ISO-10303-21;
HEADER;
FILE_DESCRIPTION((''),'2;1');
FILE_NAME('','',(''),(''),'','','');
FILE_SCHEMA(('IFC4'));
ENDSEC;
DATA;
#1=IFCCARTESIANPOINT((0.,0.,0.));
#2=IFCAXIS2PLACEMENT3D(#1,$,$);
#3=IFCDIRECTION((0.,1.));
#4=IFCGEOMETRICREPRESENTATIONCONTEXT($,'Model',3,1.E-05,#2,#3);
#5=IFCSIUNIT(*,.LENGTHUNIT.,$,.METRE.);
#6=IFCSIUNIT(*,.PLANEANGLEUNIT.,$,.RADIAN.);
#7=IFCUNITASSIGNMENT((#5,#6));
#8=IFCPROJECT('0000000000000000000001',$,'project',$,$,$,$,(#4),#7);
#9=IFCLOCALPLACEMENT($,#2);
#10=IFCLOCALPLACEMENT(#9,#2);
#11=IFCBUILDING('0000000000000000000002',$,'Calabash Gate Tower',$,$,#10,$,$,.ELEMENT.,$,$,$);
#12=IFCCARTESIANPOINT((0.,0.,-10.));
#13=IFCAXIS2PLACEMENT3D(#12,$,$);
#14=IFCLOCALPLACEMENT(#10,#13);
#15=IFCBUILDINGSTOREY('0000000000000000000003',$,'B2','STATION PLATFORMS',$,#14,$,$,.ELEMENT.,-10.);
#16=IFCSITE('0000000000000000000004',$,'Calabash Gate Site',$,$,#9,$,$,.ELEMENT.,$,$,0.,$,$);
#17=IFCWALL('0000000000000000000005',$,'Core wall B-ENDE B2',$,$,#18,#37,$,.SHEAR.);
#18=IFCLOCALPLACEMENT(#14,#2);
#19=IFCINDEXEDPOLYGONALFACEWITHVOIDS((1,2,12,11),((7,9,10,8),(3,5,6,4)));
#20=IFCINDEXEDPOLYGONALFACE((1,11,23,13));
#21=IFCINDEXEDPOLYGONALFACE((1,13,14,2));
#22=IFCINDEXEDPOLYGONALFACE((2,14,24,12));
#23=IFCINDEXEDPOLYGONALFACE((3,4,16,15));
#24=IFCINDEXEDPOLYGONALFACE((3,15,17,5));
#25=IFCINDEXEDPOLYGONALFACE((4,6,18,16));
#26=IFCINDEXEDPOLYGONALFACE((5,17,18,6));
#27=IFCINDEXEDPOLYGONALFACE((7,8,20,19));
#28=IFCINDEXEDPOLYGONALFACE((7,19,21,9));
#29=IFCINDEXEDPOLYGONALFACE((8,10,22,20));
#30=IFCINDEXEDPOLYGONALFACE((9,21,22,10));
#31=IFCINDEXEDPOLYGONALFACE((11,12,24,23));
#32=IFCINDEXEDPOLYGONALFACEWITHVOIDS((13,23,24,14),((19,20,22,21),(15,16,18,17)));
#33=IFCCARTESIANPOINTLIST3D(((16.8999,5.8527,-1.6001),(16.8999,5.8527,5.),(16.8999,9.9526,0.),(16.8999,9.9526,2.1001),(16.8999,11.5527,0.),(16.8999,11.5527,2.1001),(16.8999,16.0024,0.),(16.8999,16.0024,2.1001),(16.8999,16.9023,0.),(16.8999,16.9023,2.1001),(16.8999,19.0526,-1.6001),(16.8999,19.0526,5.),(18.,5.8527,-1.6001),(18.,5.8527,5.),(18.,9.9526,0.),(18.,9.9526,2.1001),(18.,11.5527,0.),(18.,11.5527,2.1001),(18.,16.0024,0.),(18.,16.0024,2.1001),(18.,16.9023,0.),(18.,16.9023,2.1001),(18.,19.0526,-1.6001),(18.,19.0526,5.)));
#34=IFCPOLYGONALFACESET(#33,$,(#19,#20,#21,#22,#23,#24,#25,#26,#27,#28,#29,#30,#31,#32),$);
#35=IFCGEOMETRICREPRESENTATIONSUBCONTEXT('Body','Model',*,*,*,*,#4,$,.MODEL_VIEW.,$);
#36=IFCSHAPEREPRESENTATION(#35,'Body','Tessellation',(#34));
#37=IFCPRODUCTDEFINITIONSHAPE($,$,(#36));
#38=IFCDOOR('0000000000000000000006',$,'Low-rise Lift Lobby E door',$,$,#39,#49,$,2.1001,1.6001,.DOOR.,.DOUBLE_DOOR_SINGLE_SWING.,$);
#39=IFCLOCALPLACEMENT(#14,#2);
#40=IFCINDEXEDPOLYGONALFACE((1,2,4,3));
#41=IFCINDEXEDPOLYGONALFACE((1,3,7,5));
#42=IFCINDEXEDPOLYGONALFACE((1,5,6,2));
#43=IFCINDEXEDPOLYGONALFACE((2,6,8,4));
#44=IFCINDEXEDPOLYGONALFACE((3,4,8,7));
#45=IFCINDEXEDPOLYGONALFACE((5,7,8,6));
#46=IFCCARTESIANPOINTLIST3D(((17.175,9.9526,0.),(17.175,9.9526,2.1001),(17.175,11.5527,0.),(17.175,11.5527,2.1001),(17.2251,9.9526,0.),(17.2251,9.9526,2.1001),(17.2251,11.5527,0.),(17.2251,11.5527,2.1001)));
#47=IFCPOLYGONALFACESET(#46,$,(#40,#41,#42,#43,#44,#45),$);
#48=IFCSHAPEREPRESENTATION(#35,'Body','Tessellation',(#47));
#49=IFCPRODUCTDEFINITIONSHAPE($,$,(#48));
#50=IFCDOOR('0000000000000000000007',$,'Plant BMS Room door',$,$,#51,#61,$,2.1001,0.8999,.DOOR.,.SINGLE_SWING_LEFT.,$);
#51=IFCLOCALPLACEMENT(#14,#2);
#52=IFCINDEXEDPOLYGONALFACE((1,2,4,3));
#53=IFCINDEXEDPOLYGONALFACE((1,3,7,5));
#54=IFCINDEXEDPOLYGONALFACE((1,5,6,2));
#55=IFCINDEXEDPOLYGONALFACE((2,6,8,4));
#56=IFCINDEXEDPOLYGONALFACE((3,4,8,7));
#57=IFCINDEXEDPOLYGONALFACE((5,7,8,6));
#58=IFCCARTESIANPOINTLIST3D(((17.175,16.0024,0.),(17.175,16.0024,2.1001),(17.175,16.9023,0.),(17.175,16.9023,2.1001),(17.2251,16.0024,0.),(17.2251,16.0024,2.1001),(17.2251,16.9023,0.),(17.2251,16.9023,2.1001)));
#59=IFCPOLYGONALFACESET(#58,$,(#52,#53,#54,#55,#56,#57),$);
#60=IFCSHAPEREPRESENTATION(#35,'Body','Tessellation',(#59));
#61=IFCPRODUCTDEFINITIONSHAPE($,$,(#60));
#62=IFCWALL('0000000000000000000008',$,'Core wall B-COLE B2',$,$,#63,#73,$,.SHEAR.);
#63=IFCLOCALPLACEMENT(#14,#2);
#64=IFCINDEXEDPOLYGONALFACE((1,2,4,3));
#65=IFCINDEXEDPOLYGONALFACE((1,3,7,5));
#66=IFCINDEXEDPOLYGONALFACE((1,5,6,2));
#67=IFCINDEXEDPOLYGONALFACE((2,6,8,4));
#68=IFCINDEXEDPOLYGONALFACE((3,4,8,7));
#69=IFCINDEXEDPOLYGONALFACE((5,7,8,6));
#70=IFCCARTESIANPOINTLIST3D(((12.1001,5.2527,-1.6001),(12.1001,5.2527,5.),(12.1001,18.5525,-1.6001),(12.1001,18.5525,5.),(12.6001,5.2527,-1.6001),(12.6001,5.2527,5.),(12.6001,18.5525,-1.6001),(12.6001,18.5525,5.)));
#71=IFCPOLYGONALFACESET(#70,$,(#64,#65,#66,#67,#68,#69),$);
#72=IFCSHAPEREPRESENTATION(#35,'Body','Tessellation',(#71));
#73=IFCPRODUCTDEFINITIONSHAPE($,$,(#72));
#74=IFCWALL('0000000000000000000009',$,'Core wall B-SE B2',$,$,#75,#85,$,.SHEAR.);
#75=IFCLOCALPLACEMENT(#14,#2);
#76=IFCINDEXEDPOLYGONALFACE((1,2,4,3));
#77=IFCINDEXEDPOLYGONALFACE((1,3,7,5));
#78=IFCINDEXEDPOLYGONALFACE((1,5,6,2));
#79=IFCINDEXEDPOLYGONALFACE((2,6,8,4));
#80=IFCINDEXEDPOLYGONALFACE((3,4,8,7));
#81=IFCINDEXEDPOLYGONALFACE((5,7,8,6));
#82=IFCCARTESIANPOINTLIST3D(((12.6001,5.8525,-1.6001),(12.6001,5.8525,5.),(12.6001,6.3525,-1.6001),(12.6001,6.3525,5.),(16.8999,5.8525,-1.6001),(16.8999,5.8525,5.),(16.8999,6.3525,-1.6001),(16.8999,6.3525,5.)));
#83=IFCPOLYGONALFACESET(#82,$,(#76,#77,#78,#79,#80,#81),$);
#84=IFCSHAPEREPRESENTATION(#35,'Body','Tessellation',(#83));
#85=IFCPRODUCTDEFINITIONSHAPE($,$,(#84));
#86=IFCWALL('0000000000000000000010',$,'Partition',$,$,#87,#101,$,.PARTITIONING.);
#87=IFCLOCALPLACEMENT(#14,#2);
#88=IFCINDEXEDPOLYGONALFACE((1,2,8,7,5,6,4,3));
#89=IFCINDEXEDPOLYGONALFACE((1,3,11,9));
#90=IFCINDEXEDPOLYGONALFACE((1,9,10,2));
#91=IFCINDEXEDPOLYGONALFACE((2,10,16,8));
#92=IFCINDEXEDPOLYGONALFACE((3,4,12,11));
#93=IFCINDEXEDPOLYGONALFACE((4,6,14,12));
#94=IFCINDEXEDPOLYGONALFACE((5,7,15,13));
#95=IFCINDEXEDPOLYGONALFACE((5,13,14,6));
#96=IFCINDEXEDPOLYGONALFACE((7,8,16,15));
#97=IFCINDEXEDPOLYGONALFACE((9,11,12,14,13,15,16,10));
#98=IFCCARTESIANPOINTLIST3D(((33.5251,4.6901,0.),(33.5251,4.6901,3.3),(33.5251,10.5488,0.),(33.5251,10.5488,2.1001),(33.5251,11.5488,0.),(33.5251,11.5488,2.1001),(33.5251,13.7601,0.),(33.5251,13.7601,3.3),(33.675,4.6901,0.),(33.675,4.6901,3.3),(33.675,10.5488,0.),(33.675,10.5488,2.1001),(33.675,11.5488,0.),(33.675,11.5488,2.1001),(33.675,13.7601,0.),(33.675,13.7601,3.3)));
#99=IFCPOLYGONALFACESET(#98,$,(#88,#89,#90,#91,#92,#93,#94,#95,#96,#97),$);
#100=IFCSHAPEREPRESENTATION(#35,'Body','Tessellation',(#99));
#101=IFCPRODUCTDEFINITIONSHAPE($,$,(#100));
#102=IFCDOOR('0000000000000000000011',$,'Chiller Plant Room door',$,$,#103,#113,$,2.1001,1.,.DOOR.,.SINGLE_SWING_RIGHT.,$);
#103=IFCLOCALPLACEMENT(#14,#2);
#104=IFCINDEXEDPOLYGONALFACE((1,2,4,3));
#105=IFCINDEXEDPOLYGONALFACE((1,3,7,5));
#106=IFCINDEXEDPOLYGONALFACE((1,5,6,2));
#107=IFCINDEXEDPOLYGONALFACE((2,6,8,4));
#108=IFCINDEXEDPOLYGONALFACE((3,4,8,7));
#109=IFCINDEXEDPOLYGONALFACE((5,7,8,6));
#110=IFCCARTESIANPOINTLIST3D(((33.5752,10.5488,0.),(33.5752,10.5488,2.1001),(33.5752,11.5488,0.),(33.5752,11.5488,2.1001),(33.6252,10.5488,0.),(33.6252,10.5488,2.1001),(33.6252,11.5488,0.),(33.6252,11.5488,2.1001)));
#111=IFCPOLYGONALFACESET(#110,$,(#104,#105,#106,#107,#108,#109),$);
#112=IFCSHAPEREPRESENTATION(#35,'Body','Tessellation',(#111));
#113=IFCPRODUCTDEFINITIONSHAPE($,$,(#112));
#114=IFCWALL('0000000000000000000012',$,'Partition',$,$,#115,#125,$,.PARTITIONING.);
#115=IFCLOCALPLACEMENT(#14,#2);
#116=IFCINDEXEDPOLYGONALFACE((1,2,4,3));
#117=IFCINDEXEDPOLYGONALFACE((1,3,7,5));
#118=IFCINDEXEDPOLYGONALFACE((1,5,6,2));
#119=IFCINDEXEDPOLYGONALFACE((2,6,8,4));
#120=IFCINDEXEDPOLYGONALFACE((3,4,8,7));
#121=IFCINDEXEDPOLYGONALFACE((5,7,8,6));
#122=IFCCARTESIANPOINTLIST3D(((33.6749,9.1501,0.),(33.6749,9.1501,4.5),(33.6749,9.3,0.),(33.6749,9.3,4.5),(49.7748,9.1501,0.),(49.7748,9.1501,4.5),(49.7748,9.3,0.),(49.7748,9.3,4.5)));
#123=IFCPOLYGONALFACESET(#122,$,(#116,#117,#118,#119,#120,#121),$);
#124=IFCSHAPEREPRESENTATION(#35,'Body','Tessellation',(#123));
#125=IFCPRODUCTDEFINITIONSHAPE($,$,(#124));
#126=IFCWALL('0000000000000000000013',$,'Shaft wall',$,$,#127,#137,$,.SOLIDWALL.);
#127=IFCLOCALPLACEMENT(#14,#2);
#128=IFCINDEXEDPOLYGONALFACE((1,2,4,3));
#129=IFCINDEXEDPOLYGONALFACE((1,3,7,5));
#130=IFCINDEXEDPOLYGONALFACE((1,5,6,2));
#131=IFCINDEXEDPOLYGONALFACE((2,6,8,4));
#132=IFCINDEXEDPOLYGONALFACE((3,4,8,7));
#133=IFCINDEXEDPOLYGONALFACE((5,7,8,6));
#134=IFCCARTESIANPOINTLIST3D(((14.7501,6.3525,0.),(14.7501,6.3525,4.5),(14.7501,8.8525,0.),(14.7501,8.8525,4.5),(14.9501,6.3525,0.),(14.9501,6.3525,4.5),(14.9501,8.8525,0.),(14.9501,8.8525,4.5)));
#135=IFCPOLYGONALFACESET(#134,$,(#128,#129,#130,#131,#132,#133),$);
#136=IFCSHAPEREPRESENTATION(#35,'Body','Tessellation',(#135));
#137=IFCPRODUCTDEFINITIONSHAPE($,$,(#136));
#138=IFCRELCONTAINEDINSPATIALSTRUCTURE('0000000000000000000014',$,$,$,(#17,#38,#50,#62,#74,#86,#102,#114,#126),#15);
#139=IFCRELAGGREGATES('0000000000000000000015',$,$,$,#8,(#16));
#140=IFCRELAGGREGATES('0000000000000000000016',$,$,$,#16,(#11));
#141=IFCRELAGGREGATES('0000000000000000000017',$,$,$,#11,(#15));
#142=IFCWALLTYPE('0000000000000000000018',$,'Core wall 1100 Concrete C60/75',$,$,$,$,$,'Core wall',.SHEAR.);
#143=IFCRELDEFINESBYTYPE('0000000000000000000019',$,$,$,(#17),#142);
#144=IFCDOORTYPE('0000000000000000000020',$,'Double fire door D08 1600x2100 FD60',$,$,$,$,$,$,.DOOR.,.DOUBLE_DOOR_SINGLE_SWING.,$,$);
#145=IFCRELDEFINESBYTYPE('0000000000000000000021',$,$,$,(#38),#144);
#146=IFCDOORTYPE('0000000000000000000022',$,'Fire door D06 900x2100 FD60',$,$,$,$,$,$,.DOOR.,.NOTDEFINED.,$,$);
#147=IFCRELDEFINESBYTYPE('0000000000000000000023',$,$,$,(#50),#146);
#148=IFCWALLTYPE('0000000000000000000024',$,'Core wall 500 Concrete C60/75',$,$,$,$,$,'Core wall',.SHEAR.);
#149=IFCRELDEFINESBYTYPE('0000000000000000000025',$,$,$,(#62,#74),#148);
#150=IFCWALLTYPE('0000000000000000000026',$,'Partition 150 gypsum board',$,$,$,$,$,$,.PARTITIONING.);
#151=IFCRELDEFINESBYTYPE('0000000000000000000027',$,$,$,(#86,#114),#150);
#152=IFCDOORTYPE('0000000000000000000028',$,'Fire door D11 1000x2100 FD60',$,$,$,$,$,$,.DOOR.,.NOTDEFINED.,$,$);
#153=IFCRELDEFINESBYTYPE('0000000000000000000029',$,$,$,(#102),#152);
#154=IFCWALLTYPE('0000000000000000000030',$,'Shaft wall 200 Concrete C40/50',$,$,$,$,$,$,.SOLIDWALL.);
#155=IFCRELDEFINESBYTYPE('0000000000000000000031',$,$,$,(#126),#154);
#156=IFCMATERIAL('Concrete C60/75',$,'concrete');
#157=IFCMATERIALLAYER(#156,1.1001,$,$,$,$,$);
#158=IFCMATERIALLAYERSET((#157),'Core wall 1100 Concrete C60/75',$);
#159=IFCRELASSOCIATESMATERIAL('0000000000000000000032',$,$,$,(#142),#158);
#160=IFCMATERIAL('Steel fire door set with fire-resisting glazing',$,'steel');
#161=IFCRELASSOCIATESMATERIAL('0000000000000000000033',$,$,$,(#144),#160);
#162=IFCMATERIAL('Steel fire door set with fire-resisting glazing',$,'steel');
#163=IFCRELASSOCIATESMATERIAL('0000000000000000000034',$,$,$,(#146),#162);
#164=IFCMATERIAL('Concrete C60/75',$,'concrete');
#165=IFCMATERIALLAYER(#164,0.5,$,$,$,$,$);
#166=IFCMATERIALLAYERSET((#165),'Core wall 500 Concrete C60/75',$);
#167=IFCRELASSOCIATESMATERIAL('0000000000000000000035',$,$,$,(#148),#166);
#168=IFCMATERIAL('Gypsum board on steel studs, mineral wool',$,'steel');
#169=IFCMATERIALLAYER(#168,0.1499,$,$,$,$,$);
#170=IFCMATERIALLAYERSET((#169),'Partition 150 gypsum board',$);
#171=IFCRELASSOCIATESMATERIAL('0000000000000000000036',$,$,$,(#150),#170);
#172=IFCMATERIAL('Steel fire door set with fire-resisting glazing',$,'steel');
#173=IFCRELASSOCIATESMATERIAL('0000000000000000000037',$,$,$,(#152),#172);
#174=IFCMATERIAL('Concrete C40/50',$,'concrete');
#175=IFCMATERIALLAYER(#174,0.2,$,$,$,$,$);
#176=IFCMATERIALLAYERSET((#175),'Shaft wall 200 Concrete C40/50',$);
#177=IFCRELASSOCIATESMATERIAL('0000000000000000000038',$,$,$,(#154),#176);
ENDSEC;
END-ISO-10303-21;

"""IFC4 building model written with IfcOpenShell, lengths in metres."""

from ifc_helpers import new_model, si_unit, direction, frame, frame_2d, origin, place, context, subcontext, project, spatial, rectangle, extrude, material, layer, layer_set, type_object, element, fill, save


model = new_model("IFC4")

# Units and contexts
model_context = context("Model", 3, precision=1e-05, world=origin(), true_north=direction((0.0, 1.0)))
body_context = subcontext(model_context, "Body", "Model", "MODEL_VIEW")
ifc_project = project(units=[si_unit("LENGTHUNIT", "METRE"), si_unit("PLANEANGLEUNIT", "RADIAN")], contexts=[model_context])

# Site, building, storey
site_placement = place(None, origin())
site = spatial("IfcSite", under=ifc_project, at=site_placement, Name="Calabash Gate Site", CompositionType="ELEMENT", RefElevation=0.0)
building_placement = place(site_placement, origin())
building = spatial("IfcBuilding", under=site, at=building_placement, Name="Calabash Gate Tower", CompositionType="ELEMENT")
storey_placement = place(building_placement, frame((0.0, 0.0, -10.0)))
storey = spatial("IfcBuildingStorey", under=building, at=storey_placement, Name="B2", Description="STATION PLATFORMS", CompositionType="ELEMENT", Elevation=-10.0)

# Wall, openings, doors
ifc_material_1 = material(Name="Concrete C60/75", Category="concrete")
ifc_layer_1 = layer(ifc_material_1, 1.1001)
ifc_layer_set_1 = layer_set([ifc_layer_1], Name="Core wall 1100 Concrete C60/75")
wall_type_1 = type_object("IfcWallType", Name="Core wall 1100 Concrete C60/75", ElementType="Core wall", PredefinedType="SHEAR", material=ifc_layer_set_1)
wall_1_placement = place(storey_placement, frame((17.45, 5.8525, -1.6001), z_axis=(0.0, 0.0, 1.0), x_axis=(0.0, 1.0, 0.0)))
wall_1 = element("IfcWall", 1, at=wall_1_placement, inside=storey, type_object=wall_type_1, Name="Core wall B-ENDE B2", PredefinedType="SHEAR", context=body_context, shape_type="SweptSolid", body=[
    extrude(rectangle(XDim=13.2, YDim=1.1001, at=frame_2d((6.6001, 0.0))), origin(), (0.0, 0.0, 1.0), 6.6001),
])
opening_1_placement = place(wall_1_placement, frame((4.1001, 0.0, 1.6001)))
opening_1 = element("IfcOpeningElement", 2, at=opening_1_placement, cuts=wall_1, PredefinedType="OPENING", context=body_context, shape_type="SweptSolid", body=[
    extrude(rectangle(XDim=1.6001, YDim=2.1001, at=frame_2d((0.8, 1.05))), frame((0.0, 0.5601, 0.0), z_axis=(0.0, -1.0, 0.0), x_axis=(1.0, 0.0, 0.0)), (0.0, 0.0, 1.0), 1.1201),
])
opening_2_placement = place(wall_1_placement, frame((10.1499, 0.0, 1.6001)))
opening_2 = element("IfcOpeningElement", 3, at=opening_2_placement, cuts=wall_1, PredefinedType="OPENING", context=body_context, shape_type="SweptSolid", body=[
    extrude(rectangle(XDim=0.8999, YDim=2.1001, at=frame_2d((0.45, 1.05))), frame((0.0, 0.5601, 0.0), z_axis=(0.0, -1.0, 0.0), x_axis=(1.0, 0.0, 0.0)), (0.0, 0.0, 1.0), 1.1201),
])
ifc_material_2 = material(Name="Steel fire door set with fire-resisting glazing", Category="steel")
door_type_1 = type_object("IfcDoorType", Name="Double fire door D08 1600x2100 FD60", OperationType="DOUBLE_DOOR_SINGLE_SWING", PredefinedType="DOOR", material=ifc_material_2)
door_1_placement = place(opening_1_placement, origin())
door_1 = element("IfcDoor", 4, at=door_1_placement, inside=storey, type_object=door_type_1, Name="Low-rise Lift Lobby E door", OperationType="DOUBLE_DOOR_SINGLE_SWING", OverallHeight=2.1001, OverallWidth=1.6001, PredefinedType="DOOR", context=body_context, shape_type="SweptSolid", body=[
    extrude(rectangle(XDim=1.6001, YDim=2.1001, at=frame_2d((0.8, 1.05))), frame((0.0, 0.2749, 0.0), z_axis=(0.0, -1.0, 0.0), x_axis=(1.0, 0.0, 0.0)), (0.0, 0.0, 1.0), 0.05),
])
fill(opening_1, door_1)
ifc_material_3 = material(Name="Steel fire door set with fire-resisting glazing", Category="steel")
door_type_2 = type_object("IfcDoorType", Name="Fire door D06 900x2100 FD60", OperationType="NOTDEFINED", PredefinedType="DOOR", material=ifc_material_3)
door_2_placement = place(opening_2_placement, origin())
door_2 = element("IfcDoor", 5, at=door_2_placement, inside=storey, type_object=door_type_2, Name="Plant BMS Room door", OperationType="SINGLE_SWING_LEFT", OverallHeight=2.1001, OverallWidth=0.8999, PredefinedType="DOOR", context=body_context, shape_type="SweptSolid", body=[
    extrude(rectangle(XDim=0.8999, YDim=2.1001, at=frame_2d((0.45, 1.05))), frame((0.0, 0.2749, 0.0), z_axis=(0.0, -1.0, 0.0), x_axis=(1.0, 0.0, 0.0)), (0.0, 0.0, 1.0), 0.05),
])
fill(opening_2, door_2)

# Walls
ifc_material_4 = material(Name="Concrete C60/75", Category="concrete")
ifc_layer_2 = layer(ifc_material_4, 0.5)
ifc_layer_set_2 = layer_set([ifc_layer_2], Name="Core wall 500 Concrete C60/75")
wall_type_2 = type_object("IfcWallType", Name="Core wall 500 Concrete C60/75", ElementType="Core wall", PredefinedType="SHEAR", material=ifc_layer_set_2)
wall_2_placement = place(storey_placement, frame((12.3501, 5.2527, -1.6001), z_axis=(0.0, 0.0, 1.0), x_axis=(0.0, 1.0, 0.0)))
element("IfcWall", 6, at=wall_2_placement, inside=storey, type_object=wall_type_2, Name="Core wall B-COLE B2", PredefinedType="SHEAR", context=body_context, shape_type="SweptSolid", body=[
    extrude(rectangle(XDim=13.2998, YDim=0.5, at=frame_2d((6.6499, 0.0))), origin(), (0.0, 0.0, 1.0), 6.6001),
])
wall_3_placement = place(storey_placement, frame((12.6001, 6.1025, -1.6001), z_axis=(0.0, 0.0, 1.0), x_axis=(1.0, 0.0, 0.0)))
element("IfcWall", 7, at=wall_3_placement, inside=storey, type_object=wall_type_2, Name="Core wall B-SE B2", PredefinedType="SHEAR", context=body_context, shape_type="SweptSolid", body=[
    extrude(rectangle(XDim=4.2998, YDim=0.5, at=frame_2d((2.1499, 0.0))), origin(), (0.0, 0.0, 1.0), 6.6001),
])

# Wall, opening, door
ifc_material_5 = material(Name="Gypsum board on steel studs, mineral wool", Category="steel")
ifc_layer_3 = layer(ifc_material_5, 0.1499)
ifc_layer_set_3 = layer_set([ifc_layer_3], Name="Partition 150 gypsum board")
wall_type_3 = type_object("IfcWallType", Name="Partition 150 gypsum board", PredefinedType="PARTITIONING", material=ifc_layer_set_3)
wall_4_placement = place(storey_placement, frame((33.6001, 4.6899, 0.0), z_axis=(0.0, 0.0, 1.0), x_axis=(0.0, 1.0, 0.0)))
wall_4 = element("IfcWall", 8, at=wall_4_placement, inside=storey, type_object=wall_type_3, Name="Partition", PredefinedType="PARTITIONING", context=body_context, shape_type="SweptSolid", body=[
    extrude(rectangle(XDim=9.0701, YDim=0.1499, at=frame_2d((4.5352, 0.0))), origin(), (0.0, 0.0, 1.0), 3.3),
])
opening_3_placement = place(wall_4_placement, frame((5.8589, 0.0, 0.0)))
opening_3 = element("IfcOpeningElement", 9, at=opening_3_placement, cuts=wall_4, PredefinedType="OPENING", context=body_context, shape_type="SweptSolid", body=[
    extrude(rectangle(XDim=1.0, YDim=2.1001, at=frame_2d((0.5, 1.05))), frame((0.0, 0.085, 0.0), z_axis=(0.0, -1.0, 0.0), x_axis=(1.0, 0.0, 0.0)), (0.0, 0.0, 1.0), 0.1699),
])
ifc_material_6 = material(Name="Steel fire door set with fire-resisting glazing", Category="steel")
door_type_3 = type_object("IfcDoorType", Name="Fire door D11 1000x2100 FD60", OperationType="NOTDEFINED", PredefinedType="DOOR", material=ifc_material_6)
door_3_placement = place(opening_3_placement, origin())
door_3 = element("IfcDoor", 10, at=door_3_placement, inside=storey, type_object=door_type_3, Name="Chiller Plant Room door", OperationType="SINGLE_SWING_RIGHT", OverallHeight=2.1001, OverallWidth=1.0, PredefinedType="DOOR", context=body_context, shape_type="SweptSolid", body=[
    extrude(rectangle(XDim=1.0, YDim=2.1001, at=frame_2d((0.5, 1.05))), frame((0.0, 0.0249, 0.0), z_axis=(0.0, -1.0, 0.0), x_axis=(1.0, 0.0, 0.0)), (0.0, 0.0, 1.0), 0.05),
])
fill(opening_3, door_3)

# Walls
wall_5_placement = place(storey_placement, frame((33.675, 9.2251, 0.0), z_axis=(0.0, 0.0, 1.0), x_axis=(1.0, 0.0, 0.0)))
element("IfcWall", 11, at=wall_5_placement, inside=storey, type_object=wall_type_3, Name="Partition", PredefinedType="PARTITIONING", context=body_context, shape_type="SweptSolid", body=[
    extrude(rectangle(XDim=16.0999, YDim=0.1499, at=frame_2d((8.0498, 0.0))), origin(), (0.0, 0.0, 1.0), 4.5),
])
ifc_material_7 = material(Name="Concrete C40/50", Category="concrete")
ifc_layer_4 = layer(ifc_material_7, 0.2)
ifc_layer_set_4 = layer_set([ifc_layer_4], Name="Shaft wall 200 Concrete C40/50")
wall_type_4 = type_object("IfcWallType", Name="Shaft wall 200 Concrete C40/50", PredefinedType="SOLIDWALL", material=ifc_layer_set_4)
wall_6_placement = place(storey_placement, frame((14.8501, 6.3525, 0.0), z_axis=(0.0, 0.0, 1.0), x_axis=(0.0, 1.0, 0.0)))
element("IfcWall", 12, at=wall_6_placement, inside=storey, type_object=wall_type_4, Name="Shaft wall", PredefinedType="SOLIDWALL", context=body_context, shape_type="SweptSolid", body=[
    extrude(rectangle(XDim=2.5, YDim=0.2, at=frame_2d((1.25, 0.0))), origin(), (0.0, 0.0, 1.0), 4.5),
])

save(model, "model.ifc")
